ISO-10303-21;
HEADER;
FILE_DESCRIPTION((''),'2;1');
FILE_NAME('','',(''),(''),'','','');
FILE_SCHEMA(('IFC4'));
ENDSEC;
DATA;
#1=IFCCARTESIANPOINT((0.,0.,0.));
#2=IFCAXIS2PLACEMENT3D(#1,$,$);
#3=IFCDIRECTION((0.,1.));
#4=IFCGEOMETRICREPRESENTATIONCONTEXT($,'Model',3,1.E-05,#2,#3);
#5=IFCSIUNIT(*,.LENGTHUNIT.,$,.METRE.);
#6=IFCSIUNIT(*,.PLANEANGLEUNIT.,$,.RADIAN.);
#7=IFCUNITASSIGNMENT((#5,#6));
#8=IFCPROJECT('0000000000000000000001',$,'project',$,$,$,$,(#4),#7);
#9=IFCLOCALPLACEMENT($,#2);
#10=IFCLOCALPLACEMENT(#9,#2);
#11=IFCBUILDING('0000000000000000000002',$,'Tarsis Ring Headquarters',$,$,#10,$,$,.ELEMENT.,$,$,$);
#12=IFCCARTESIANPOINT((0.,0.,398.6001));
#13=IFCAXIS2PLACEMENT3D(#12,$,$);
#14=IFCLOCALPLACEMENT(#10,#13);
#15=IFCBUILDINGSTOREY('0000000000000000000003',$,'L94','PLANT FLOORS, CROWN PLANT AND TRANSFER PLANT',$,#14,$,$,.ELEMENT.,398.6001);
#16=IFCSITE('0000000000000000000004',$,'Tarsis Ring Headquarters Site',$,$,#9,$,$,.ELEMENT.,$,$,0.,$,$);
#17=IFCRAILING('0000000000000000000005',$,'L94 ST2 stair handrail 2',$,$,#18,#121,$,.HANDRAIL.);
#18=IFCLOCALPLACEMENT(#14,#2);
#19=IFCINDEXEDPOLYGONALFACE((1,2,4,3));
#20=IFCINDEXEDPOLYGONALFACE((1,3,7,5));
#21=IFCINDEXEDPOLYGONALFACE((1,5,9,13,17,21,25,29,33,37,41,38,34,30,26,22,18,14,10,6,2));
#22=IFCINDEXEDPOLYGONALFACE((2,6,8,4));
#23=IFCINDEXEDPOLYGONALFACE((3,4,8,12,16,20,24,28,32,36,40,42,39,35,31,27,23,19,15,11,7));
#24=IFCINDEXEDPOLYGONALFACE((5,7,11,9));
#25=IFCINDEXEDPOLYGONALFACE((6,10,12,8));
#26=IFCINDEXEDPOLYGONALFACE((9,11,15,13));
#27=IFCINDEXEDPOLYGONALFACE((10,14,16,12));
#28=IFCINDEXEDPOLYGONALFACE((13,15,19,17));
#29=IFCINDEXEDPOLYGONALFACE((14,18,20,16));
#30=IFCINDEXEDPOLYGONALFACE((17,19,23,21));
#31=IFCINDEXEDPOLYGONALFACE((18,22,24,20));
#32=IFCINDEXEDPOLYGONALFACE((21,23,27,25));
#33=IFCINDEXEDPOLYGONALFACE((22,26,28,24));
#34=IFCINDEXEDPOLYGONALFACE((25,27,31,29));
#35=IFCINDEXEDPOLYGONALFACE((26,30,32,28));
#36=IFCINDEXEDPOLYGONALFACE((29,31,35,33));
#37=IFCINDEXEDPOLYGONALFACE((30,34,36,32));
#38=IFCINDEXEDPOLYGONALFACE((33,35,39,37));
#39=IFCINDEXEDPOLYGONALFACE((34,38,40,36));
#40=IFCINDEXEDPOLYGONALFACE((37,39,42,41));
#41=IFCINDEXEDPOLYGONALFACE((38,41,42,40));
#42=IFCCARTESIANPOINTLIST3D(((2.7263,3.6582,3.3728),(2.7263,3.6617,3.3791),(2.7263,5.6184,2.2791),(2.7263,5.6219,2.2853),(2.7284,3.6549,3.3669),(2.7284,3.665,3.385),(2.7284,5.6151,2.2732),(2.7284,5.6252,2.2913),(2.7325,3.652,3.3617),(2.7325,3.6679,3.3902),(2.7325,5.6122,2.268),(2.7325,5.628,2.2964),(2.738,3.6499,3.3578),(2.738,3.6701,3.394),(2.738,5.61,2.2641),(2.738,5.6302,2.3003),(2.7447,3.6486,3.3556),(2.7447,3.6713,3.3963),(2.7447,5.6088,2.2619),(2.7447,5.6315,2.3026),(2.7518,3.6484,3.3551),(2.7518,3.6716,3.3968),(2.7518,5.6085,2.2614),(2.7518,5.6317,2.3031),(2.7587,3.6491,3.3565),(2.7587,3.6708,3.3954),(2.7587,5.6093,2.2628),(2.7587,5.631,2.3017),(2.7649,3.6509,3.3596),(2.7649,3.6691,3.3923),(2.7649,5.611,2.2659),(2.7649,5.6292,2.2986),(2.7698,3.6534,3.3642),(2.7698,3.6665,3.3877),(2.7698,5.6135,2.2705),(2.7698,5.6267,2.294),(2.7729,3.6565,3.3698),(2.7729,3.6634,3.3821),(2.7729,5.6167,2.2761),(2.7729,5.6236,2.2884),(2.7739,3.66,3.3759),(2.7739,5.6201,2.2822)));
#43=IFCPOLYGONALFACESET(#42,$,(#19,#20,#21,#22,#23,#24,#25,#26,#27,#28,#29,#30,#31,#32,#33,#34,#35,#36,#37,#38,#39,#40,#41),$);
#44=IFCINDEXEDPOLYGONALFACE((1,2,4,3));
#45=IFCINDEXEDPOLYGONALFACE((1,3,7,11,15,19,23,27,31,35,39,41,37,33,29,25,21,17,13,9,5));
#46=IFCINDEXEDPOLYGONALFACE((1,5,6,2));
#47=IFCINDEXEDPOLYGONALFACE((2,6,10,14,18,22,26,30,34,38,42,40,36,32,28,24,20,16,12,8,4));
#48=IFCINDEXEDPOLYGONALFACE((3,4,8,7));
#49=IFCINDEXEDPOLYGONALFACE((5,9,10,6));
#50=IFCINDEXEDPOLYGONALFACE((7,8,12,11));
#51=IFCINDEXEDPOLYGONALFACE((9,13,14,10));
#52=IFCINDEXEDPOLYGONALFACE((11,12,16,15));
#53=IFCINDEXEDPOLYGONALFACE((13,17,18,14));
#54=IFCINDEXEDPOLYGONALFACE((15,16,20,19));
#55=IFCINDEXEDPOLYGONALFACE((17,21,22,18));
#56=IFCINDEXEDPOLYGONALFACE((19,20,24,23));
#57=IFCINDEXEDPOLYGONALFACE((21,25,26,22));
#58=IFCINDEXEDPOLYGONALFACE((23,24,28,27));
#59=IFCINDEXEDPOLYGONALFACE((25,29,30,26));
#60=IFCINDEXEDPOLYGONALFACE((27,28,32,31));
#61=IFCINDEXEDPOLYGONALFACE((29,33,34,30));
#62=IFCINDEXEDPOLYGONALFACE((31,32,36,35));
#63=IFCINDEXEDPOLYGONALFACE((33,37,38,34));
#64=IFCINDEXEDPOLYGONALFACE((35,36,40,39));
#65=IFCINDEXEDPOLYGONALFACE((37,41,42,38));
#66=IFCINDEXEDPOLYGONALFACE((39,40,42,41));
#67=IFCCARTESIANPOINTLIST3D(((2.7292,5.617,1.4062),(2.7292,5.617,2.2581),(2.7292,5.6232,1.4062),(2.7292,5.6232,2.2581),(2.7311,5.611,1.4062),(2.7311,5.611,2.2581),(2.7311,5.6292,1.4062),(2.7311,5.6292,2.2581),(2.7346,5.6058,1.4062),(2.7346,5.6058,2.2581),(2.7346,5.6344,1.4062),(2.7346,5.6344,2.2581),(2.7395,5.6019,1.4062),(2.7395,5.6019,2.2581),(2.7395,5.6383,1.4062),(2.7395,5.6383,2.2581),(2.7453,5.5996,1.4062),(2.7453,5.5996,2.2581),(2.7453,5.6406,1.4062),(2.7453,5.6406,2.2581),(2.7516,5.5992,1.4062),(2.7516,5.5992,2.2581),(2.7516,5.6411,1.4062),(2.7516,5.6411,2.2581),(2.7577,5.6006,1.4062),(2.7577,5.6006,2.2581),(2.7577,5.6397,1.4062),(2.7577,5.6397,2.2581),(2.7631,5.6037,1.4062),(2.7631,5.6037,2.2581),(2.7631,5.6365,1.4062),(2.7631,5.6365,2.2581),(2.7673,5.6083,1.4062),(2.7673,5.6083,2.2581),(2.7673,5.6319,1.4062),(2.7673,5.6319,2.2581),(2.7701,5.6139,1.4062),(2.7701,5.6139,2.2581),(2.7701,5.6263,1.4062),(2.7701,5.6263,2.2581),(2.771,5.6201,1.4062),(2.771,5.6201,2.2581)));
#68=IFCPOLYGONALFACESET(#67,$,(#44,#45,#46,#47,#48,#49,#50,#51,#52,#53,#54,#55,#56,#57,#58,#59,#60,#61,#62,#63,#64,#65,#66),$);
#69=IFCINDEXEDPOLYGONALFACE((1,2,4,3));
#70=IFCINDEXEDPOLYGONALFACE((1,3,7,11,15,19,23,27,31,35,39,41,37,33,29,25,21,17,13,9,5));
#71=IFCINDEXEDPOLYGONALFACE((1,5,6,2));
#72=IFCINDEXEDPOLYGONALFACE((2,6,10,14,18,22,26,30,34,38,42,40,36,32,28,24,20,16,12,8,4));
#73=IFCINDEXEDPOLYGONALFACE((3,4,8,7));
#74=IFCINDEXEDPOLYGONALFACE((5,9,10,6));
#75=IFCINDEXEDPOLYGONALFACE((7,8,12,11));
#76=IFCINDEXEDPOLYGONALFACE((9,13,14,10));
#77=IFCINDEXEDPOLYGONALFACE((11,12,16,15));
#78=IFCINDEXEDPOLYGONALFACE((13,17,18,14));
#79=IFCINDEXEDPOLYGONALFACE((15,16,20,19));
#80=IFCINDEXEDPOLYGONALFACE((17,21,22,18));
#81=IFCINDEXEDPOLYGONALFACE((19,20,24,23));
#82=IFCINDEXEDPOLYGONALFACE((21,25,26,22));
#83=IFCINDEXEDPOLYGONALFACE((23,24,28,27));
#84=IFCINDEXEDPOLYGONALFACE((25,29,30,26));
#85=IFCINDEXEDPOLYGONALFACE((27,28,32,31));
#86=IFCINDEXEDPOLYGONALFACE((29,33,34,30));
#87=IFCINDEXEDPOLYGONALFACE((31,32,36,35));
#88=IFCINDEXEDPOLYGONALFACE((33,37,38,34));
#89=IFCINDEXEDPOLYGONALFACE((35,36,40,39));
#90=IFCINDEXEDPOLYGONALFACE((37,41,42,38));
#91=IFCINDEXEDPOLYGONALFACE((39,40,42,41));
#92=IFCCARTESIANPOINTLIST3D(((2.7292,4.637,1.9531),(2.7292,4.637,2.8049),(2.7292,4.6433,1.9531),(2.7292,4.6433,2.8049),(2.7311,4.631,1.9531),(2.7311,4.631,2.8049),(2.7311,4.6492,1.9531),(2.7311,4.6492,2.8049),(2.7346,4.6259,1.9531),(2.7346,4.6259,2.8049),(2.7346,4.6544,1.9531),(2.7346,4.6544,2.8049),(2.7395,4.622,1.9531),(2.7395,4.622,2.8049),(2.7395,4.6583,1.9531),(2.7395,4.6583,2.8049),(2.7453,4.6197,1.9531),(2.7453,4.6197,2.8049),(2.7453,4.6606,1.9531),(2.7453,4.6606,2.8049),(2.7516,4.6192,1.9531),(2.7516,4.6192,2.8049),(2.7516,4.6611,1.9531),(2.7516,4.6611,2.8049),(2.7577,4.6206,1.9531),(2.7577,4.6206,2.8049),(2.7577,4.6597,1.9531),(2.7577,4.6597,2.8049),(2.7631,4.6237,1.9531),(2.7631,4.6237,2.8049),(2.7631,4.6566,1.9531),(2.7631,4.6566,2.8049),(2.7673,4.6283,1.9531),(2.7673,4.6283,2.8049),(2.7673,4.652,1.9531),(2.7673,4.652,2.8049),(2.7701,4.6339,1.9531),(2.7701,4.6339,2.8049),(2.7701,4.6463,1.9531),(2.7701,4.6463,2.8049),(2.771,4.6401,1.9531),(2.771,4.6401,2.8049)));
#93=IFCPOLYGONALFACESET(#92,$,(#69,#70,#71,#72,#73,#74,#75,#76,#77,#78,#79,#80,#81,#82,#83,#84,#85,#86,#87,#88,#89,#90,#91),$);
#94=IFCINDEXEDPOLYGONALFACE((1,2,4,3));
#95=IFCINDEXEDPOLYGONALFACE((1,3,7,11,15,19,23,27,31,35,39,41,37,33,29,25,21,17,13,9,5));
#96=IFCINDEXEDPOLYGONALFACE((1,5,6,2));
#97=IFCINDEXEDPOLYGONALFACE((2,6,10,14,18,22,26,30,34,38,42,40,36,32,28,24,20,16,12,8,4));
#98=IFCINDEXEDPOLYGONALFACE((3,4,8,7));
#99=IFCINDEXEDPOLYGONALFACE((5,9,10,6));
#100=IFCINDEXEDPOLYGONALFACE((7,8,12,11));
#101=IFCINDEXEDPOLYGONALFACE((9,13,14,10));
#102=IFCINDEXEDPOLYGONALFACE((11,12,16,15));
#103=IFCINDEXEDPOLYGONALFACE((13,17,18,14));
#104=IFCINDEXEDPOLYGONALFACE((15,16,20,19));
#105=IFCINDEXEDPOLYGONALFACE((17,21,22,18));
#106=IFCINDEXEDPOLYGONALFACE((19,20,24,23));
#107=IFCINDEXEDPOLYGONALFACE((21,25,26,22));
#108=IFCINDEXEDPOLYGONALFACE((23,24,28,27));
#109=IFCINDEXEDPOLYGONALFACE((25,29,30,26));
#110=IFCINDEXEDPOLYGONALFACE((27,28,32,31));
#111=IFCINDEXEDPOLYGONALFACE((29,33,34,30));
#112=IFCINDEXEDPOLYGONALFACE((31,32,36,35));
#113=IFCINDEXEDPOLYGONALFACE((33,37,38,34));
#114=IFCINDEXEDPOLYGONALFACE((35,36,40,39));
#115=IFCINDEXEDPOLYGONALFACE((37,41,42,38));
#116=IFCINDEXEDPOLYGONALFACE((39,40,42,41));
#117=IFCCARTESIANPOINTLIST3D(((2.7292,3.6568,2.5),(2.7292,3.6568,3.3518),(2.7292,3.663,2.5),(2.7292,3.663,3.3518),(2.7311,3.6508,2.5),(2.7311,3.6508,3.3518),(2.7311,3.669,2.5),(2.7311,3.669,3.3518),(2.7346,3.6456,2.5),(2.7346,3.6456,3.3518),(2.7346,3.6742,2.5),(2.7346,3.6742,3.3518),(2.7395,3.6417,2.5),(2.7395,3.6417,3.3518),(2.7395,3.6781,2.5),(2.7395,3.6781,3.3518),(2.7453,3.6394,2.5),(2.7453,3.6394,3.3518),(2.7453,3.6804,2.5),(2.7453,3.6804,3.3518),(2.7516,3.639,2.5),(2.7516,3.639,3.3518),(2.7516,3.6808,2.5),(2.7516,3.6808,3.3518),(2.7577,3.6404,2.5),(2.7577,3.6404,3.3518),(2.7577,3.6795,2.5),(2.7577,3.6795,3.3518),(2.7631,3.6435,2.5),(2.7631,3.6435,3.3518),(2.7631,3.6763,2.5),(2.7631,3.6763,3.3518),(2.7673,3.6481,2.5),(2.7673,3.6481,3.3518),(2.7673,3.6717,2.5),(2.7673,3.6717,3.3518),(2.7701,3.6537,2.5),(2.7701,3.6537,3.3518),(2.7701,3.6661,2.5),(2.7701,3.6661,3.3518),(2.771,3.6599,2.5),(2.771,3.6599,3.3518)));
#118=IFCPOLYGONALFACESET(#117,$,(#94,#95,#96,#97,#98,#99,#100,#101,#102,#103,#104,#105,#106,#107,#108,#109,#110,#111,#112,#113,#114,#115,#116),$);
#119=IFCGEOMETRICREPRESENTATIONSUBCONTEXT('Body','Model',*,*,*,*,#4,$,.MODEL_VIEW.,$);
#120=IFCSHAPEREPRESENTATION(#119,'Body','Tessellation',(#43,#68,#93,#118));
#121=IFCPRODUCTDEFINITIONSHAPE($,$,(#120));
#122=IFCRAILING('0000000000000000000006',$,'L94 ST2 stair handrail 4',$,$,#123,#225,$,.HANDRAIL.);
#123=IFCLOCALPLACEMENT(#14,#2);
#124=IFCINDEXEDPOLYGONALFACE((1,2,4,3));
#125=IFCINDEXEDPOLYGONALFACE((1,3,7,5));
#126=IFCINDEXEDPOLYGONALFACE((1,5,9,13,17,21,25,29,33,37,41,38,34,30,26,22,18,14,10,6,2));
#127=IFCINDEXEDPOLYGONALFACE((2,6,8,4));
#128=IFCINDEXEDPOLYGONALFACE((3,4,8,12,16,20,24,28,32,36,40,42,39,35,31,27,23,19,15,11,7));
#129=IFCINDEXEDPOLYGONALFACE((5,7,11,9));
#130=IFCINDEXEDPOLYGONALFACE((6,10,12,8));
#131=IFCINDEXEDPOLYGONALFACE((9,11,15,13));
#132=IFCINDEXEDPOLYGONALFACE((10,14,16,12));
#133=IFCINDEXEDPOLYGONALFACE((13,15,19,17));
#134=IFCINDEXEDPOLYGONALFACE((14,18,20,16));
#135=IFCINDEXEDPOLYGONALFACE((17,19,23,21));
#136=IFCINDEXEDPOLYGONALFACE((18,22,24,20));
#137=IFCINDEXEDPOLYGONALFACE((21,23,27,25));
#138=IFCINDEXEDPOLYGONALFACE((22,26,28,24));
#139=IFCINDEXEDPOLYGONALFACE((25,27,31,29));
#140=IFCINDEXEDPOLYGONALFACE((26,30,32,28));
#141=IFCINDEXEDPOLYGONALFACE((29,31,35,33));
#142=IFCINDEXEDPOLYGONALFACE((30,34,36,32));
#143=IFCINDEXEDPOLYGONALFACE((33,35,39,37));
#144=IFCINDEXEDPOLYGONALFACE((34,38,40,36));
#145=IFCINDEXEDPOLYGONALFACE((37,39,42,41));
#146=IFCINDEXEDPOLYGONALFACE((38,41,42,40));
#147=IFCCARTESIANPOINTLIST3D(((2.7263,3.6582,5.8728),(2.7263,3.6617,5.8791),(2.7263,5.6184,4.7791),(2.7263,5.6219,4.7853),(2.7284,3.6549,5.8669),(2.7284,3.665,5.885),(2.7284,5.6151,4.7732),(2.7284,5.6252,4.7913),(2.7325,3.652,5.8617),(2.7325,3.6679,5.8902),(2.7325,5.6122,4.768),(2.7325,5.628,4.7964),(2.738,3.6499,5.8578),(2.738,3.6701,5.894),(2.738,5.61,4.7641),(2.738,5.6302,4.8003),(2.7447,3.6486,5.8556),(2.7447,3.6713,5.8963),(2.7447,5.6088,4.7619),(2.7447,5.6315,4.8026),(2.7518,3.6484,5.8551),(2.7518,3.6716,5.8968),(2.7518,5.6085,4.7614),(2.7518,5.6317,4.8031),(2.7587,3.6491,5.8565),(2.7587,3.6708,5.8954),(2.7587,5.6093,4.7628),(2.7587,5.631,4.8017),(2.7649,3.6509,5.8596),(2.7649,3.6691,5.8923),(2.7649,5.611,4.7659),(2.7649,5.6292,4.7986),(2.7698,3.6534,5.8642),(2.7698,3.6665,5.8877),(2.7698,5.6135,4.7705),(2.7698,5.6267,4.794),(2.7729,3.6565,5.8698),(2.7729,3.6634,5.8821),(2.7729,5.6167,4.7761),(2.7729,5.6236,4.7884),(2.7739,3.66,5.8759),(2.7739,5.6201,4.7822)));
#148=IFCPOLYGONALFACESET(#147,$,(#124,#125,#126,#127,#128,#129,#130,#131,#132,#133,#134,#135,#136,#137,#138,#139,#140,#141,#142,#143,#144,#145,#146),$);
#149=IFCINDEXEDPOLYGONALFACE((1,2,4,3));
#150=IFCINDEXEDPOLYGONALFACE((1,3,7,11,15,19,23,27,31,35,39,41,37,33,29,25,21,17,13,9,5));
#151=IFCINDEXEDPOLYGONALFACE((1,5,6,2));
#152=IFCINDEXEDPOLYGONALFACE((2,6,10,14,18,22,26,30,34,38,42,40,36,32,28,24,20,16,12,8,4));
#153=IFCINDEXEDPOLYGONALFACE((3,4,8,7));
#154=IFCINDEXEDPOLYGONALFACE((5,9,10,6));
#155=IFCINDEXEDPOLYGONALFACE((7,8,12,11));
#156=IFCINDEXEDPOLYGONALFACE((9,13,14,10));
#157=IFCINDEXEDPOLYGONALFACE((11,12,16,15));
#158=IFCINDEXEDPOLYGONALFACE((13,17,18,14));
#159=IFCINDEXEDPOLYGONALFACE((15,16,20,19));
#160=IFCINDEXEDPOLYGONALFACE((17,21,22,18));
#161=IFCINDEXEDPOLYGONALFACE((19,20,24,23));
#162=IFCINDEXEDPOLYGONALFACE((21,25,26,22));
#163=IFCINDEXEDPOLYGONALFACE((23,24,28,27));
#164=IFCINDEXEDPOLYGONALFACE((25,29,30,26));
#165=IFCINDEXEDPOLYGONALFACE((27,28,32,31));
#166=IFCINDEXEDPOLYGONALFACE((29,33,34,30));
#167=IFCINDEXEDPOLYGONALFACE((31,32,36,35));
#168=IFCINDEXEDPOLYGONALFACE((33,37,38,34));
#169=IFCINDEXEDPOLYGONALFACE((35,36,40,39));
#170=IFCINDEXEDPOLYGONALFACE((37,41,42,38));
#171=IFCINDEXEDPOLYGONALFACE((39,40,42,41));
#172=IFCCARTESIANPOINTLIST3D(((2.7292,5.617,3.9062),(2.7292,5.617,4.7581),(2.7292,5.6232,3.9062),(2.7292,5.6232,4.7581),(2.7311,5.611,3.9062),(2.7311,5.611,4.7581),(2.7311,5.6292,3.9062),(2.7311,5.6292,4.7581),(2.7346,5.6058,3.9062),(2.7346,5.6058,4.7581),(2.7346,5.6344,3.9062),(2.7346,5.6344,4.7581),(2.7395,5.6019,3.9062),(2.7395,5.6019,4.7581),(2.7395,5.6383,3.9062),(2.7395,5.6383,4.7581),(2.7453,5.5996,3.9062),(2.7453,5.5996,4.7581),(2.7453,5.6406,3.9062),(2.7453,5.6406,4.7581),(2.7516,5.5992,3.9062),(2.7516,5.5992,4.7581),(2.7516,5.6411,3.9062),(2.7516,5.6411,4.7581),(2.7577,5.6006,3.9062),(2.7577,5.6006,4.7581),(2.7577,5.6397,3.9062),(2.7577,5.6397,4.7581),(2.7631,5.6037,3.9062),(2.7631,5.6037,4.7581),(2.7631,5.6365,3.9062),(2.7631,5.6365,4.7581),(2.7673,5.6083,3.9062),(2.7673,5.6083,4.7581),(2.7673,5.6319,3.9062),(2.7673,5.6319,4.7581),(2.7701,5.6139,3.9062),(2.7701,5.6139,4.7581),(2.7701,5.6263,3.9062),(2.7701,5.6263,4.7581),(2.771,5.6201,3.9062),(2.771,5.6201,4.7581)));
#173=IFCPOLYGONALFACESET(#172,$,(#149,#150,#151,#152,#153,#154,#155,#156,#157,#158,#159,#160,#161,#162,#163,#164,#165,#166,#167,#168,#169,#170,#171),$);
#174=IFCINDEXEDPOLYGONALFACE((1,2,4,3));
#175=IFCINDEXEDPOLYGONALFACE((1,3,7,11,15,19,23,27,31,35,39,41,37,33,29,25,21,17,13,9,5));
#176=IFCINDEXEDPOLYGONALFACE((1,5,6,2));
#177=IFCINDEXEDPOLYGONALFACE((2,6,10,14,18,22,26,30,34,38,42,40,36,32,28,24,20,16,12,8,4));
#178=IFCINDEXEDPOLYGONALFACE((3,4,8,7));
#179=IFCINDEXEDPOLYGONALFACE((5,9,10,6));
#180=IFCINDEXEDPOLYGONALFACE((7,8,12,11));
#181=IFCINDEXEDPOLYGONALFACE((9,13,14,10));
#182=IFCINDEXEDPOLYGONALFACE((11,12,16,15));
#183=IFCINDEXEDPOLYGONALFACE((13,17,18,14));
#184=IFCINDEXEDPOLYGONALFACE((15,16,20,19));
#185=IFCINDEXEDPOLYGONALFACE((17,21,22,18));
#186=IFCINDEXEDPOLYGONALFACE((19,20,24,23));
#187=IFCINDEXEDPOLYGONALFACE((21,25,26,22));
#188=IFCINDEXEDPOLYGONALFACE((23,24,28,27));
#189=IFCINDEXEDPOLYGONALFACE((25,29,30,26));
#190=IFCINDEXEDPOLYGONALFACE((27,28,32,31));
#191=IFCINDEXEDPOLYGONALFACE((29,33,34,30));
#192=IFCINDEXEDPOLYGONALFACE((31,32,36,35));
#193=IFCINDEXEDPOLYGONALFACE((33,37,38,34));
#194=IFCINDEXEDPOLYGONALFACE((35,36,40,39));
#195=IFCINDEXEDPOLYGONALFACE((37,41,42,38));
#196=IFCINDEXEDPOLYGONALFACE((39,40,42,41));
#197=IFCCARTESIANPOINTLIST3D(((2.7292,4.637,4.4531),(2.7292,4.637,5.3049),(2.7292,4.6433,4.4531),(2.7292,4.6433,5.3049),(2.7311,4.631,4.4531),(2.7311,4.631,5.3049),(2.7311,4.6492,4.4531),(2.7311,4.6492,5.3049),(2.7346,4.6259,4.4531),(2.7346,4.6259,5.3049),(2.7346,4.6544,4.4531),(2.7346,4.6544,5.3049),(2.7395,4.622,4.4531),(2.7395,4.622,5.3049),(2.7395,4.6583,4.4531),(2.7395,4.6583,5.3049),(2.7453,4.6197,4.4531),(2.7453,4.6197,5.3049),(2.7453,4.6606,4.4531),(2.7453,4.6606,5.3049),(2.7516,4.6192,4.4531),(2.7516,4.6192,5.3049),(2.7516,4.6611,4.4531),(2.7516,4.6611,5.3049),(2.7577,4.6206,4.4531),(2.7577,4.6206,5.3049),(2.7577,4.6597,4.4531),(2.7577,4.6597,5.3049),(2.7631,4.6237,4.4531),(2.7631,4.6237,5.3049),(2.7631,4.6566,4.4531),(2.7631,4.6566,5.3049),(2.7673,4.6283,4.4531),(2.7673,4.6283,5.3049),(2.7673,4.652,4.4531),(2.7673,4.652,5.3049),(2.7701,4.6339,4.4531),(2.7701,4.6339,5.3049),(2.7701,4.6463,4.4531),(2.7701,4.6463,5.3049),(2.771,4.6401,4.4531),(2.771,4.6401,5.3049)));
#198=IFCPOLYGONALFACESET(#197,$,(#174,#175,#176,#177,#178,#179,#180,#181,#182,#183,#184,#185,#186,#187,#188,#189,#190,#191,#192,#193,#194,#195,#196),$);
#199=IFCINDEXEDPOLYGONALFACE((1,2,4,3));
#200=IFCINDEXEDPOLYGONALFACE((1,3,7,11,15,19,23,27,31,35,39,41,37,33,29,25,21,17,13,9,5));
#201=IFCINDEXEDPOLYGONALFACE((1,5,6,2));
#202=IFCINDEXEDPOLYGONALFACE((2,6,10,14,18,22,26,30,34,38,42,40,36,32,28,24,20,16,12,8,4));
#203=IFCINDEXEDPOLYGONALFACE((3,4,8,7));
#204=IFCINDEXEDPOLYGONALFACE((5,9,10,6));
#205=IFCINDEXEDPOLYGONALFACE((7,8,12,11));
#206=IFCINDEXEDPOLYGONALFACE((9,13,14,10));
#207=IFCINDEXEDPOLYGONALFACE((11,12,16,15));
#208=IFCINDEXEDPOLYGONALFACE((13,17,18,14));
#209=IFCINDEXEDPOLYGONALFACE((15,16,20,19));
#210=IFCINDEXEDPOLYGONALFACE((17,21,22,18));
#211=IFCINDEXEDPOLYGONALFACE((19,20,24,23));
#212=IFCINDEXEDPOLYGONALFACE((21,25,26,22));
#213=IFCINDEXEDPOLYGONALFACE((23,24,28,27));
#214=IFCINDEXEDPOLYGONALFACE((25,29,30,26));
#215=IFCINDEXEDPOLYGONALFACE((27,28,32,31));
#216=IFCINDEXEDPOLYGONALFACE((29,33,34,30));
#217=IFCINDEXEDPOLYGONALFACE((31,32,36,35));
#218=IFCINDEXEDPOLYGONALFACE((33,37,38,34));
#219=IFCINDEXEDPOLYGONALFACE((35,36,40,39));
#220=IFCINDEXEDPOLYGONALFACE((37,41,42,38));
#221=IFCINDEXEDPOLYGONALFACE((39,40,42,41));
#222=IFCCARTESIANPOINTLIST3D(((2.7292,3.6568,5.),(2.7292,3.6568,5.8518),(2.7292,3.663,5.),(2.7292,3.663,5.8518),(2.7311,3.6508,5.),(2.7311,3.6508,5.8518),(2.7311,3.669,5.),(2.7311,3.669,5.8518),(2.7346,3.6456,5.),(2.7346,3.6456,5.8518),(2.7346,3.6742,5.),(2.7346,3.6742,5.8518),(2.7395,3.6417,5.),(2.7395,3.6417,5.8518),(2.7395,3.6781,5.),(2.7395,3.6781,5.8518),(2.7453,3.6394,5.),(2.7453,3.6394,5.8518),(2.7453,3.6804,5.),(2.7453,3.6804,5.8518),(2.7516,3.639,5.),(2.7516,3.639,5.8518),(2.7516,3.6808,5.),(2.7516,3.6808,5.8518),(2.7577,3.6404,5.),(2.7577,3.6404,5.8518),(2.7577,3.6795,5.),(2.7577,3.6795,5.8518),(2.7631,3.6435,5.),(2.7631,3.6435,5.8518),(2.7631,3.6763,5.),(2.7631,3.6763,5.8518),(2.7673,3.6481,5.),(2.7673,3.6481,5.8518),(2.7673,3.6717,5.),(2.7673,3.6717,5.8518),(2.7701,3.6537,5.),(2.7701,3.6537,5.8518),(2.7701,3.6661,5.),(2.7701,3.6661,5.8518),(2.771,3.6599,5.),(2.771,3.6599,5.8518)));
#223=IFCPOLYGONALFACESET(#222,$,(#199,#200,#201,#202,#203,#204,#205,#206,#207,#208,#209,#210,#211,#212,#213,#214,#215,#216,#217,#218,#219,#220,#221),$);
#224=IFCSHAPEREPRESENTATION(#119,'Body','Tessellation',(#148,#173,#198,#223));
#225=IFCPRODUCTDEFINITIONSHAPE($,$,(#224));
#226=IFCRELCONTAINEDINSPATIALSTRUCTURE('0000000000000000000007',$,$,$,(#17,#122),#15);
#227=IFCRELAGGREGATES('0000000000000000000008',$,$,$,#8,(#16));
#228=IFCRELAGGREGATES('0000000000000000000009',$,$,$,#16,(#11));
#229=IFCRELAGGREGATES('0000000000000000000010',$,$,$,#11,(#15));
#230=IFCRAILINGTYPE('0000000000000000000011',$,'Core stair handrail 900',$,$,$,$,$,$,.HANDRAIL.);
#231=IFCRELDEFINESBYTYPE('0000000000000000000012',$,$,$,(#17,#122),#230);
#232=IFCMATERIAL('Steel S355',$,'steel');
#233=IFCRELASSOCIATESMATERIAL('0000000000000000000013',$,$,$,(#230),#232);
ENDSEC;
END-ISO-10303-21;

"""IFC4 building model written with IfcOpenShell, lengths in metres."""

from ifc_helpers import new_model, si_unit, direction, frame, origin, origin_2d, place, context, subcontext, project, spatial, circle, extrude, material, type_object, element, save


model = new_model("IFC4")

# Units and contexts
model_context = context("Model", 3, precision=1e-05, world=origin(), true_north=direction((0.0, 1.0)))
body_context = subcontext(model_context, "Body", "Model", "MODEL_VIEW")
ifc_project = project(units=[si_unit("LENGTHUNIT", "METRE"), si_unit("PLANEANGLEUNIT", "RADIAN")], contexts=[model_context])

# Site, building, storey
site_placement = place(None, origin())
site = spatial("IfcSite", under=ifc_project, at=site_placement, Name="Tarsis Ring Headquarters Site", CompositionType="ELEMENT", RefElevation=0.0)
building_placement = place(site_placement, origin())
building = spatial("IfcBuilding", under=site, at=building_placement, Name="Tarsis Ring Headquarters", CompositionType="ELEMENT")
storey_placement = place(building_placement, frame((0.0, 0.0, 398.6001)))
storey = spatial("IfcBuildingStorey", under=building, at=storey_placement, Name="L94", Description="PLANT FLOORS, CROWN PLANT AND TRANSFER PLANT", CompositionType="ELEMENT", Elevation=398.6001)

# Railings
ifc_material_1 = material(Name="Steel S355", Category="steel")
railing_type_1 = type_object("IfcRailingType", Name="Core stair handrail 900", PredefinedType="HANDRAIL", material=ifc_material_1)
for number, where, name in (
    (1, (2.75, 5.6201, 1.4062), "L94 ST2 stair handrail 2"),
    (2, (2.75, 5.6201, 3.9062), "L94 ST2 stair handrail 4"),
):
    element("IfcRailing", number, at=place(storey_placement, frame(where)), inside=storey, type_object=railing_type_1, Name=name, PredefinedType="HANDRAIL", context=body_context, shape_type="SweptSolid", body=[
        extrude(circle(Radius=0.0239, at=origin_2d()), frame((0.0, 0.0, 0.876), z_axis=(0.0, -0.873258, 0.487258), x_axis=(1.0, 0.0, 0.0)), (0.0, 0.0, 1.0), 2.2446),
        extrude(circle(Radius=0.021, at=origin_2d()), origin(), (0.0, 0.0, 1.0), 0.8518),
        extrude(circle(Radius=0.021, at=origin_2d()), frame((0.0, -0.98, 0.5469)), (0.0, 0.0, 1.0), 0.8518),
        extrude(circle(Radius=0.021, at=origin_2d()), frame((0.0, -1.9602, 1.0938)), (0.0, 0.0, 1.0), 0.8518),
    ])

save(model, "model.ifc")
